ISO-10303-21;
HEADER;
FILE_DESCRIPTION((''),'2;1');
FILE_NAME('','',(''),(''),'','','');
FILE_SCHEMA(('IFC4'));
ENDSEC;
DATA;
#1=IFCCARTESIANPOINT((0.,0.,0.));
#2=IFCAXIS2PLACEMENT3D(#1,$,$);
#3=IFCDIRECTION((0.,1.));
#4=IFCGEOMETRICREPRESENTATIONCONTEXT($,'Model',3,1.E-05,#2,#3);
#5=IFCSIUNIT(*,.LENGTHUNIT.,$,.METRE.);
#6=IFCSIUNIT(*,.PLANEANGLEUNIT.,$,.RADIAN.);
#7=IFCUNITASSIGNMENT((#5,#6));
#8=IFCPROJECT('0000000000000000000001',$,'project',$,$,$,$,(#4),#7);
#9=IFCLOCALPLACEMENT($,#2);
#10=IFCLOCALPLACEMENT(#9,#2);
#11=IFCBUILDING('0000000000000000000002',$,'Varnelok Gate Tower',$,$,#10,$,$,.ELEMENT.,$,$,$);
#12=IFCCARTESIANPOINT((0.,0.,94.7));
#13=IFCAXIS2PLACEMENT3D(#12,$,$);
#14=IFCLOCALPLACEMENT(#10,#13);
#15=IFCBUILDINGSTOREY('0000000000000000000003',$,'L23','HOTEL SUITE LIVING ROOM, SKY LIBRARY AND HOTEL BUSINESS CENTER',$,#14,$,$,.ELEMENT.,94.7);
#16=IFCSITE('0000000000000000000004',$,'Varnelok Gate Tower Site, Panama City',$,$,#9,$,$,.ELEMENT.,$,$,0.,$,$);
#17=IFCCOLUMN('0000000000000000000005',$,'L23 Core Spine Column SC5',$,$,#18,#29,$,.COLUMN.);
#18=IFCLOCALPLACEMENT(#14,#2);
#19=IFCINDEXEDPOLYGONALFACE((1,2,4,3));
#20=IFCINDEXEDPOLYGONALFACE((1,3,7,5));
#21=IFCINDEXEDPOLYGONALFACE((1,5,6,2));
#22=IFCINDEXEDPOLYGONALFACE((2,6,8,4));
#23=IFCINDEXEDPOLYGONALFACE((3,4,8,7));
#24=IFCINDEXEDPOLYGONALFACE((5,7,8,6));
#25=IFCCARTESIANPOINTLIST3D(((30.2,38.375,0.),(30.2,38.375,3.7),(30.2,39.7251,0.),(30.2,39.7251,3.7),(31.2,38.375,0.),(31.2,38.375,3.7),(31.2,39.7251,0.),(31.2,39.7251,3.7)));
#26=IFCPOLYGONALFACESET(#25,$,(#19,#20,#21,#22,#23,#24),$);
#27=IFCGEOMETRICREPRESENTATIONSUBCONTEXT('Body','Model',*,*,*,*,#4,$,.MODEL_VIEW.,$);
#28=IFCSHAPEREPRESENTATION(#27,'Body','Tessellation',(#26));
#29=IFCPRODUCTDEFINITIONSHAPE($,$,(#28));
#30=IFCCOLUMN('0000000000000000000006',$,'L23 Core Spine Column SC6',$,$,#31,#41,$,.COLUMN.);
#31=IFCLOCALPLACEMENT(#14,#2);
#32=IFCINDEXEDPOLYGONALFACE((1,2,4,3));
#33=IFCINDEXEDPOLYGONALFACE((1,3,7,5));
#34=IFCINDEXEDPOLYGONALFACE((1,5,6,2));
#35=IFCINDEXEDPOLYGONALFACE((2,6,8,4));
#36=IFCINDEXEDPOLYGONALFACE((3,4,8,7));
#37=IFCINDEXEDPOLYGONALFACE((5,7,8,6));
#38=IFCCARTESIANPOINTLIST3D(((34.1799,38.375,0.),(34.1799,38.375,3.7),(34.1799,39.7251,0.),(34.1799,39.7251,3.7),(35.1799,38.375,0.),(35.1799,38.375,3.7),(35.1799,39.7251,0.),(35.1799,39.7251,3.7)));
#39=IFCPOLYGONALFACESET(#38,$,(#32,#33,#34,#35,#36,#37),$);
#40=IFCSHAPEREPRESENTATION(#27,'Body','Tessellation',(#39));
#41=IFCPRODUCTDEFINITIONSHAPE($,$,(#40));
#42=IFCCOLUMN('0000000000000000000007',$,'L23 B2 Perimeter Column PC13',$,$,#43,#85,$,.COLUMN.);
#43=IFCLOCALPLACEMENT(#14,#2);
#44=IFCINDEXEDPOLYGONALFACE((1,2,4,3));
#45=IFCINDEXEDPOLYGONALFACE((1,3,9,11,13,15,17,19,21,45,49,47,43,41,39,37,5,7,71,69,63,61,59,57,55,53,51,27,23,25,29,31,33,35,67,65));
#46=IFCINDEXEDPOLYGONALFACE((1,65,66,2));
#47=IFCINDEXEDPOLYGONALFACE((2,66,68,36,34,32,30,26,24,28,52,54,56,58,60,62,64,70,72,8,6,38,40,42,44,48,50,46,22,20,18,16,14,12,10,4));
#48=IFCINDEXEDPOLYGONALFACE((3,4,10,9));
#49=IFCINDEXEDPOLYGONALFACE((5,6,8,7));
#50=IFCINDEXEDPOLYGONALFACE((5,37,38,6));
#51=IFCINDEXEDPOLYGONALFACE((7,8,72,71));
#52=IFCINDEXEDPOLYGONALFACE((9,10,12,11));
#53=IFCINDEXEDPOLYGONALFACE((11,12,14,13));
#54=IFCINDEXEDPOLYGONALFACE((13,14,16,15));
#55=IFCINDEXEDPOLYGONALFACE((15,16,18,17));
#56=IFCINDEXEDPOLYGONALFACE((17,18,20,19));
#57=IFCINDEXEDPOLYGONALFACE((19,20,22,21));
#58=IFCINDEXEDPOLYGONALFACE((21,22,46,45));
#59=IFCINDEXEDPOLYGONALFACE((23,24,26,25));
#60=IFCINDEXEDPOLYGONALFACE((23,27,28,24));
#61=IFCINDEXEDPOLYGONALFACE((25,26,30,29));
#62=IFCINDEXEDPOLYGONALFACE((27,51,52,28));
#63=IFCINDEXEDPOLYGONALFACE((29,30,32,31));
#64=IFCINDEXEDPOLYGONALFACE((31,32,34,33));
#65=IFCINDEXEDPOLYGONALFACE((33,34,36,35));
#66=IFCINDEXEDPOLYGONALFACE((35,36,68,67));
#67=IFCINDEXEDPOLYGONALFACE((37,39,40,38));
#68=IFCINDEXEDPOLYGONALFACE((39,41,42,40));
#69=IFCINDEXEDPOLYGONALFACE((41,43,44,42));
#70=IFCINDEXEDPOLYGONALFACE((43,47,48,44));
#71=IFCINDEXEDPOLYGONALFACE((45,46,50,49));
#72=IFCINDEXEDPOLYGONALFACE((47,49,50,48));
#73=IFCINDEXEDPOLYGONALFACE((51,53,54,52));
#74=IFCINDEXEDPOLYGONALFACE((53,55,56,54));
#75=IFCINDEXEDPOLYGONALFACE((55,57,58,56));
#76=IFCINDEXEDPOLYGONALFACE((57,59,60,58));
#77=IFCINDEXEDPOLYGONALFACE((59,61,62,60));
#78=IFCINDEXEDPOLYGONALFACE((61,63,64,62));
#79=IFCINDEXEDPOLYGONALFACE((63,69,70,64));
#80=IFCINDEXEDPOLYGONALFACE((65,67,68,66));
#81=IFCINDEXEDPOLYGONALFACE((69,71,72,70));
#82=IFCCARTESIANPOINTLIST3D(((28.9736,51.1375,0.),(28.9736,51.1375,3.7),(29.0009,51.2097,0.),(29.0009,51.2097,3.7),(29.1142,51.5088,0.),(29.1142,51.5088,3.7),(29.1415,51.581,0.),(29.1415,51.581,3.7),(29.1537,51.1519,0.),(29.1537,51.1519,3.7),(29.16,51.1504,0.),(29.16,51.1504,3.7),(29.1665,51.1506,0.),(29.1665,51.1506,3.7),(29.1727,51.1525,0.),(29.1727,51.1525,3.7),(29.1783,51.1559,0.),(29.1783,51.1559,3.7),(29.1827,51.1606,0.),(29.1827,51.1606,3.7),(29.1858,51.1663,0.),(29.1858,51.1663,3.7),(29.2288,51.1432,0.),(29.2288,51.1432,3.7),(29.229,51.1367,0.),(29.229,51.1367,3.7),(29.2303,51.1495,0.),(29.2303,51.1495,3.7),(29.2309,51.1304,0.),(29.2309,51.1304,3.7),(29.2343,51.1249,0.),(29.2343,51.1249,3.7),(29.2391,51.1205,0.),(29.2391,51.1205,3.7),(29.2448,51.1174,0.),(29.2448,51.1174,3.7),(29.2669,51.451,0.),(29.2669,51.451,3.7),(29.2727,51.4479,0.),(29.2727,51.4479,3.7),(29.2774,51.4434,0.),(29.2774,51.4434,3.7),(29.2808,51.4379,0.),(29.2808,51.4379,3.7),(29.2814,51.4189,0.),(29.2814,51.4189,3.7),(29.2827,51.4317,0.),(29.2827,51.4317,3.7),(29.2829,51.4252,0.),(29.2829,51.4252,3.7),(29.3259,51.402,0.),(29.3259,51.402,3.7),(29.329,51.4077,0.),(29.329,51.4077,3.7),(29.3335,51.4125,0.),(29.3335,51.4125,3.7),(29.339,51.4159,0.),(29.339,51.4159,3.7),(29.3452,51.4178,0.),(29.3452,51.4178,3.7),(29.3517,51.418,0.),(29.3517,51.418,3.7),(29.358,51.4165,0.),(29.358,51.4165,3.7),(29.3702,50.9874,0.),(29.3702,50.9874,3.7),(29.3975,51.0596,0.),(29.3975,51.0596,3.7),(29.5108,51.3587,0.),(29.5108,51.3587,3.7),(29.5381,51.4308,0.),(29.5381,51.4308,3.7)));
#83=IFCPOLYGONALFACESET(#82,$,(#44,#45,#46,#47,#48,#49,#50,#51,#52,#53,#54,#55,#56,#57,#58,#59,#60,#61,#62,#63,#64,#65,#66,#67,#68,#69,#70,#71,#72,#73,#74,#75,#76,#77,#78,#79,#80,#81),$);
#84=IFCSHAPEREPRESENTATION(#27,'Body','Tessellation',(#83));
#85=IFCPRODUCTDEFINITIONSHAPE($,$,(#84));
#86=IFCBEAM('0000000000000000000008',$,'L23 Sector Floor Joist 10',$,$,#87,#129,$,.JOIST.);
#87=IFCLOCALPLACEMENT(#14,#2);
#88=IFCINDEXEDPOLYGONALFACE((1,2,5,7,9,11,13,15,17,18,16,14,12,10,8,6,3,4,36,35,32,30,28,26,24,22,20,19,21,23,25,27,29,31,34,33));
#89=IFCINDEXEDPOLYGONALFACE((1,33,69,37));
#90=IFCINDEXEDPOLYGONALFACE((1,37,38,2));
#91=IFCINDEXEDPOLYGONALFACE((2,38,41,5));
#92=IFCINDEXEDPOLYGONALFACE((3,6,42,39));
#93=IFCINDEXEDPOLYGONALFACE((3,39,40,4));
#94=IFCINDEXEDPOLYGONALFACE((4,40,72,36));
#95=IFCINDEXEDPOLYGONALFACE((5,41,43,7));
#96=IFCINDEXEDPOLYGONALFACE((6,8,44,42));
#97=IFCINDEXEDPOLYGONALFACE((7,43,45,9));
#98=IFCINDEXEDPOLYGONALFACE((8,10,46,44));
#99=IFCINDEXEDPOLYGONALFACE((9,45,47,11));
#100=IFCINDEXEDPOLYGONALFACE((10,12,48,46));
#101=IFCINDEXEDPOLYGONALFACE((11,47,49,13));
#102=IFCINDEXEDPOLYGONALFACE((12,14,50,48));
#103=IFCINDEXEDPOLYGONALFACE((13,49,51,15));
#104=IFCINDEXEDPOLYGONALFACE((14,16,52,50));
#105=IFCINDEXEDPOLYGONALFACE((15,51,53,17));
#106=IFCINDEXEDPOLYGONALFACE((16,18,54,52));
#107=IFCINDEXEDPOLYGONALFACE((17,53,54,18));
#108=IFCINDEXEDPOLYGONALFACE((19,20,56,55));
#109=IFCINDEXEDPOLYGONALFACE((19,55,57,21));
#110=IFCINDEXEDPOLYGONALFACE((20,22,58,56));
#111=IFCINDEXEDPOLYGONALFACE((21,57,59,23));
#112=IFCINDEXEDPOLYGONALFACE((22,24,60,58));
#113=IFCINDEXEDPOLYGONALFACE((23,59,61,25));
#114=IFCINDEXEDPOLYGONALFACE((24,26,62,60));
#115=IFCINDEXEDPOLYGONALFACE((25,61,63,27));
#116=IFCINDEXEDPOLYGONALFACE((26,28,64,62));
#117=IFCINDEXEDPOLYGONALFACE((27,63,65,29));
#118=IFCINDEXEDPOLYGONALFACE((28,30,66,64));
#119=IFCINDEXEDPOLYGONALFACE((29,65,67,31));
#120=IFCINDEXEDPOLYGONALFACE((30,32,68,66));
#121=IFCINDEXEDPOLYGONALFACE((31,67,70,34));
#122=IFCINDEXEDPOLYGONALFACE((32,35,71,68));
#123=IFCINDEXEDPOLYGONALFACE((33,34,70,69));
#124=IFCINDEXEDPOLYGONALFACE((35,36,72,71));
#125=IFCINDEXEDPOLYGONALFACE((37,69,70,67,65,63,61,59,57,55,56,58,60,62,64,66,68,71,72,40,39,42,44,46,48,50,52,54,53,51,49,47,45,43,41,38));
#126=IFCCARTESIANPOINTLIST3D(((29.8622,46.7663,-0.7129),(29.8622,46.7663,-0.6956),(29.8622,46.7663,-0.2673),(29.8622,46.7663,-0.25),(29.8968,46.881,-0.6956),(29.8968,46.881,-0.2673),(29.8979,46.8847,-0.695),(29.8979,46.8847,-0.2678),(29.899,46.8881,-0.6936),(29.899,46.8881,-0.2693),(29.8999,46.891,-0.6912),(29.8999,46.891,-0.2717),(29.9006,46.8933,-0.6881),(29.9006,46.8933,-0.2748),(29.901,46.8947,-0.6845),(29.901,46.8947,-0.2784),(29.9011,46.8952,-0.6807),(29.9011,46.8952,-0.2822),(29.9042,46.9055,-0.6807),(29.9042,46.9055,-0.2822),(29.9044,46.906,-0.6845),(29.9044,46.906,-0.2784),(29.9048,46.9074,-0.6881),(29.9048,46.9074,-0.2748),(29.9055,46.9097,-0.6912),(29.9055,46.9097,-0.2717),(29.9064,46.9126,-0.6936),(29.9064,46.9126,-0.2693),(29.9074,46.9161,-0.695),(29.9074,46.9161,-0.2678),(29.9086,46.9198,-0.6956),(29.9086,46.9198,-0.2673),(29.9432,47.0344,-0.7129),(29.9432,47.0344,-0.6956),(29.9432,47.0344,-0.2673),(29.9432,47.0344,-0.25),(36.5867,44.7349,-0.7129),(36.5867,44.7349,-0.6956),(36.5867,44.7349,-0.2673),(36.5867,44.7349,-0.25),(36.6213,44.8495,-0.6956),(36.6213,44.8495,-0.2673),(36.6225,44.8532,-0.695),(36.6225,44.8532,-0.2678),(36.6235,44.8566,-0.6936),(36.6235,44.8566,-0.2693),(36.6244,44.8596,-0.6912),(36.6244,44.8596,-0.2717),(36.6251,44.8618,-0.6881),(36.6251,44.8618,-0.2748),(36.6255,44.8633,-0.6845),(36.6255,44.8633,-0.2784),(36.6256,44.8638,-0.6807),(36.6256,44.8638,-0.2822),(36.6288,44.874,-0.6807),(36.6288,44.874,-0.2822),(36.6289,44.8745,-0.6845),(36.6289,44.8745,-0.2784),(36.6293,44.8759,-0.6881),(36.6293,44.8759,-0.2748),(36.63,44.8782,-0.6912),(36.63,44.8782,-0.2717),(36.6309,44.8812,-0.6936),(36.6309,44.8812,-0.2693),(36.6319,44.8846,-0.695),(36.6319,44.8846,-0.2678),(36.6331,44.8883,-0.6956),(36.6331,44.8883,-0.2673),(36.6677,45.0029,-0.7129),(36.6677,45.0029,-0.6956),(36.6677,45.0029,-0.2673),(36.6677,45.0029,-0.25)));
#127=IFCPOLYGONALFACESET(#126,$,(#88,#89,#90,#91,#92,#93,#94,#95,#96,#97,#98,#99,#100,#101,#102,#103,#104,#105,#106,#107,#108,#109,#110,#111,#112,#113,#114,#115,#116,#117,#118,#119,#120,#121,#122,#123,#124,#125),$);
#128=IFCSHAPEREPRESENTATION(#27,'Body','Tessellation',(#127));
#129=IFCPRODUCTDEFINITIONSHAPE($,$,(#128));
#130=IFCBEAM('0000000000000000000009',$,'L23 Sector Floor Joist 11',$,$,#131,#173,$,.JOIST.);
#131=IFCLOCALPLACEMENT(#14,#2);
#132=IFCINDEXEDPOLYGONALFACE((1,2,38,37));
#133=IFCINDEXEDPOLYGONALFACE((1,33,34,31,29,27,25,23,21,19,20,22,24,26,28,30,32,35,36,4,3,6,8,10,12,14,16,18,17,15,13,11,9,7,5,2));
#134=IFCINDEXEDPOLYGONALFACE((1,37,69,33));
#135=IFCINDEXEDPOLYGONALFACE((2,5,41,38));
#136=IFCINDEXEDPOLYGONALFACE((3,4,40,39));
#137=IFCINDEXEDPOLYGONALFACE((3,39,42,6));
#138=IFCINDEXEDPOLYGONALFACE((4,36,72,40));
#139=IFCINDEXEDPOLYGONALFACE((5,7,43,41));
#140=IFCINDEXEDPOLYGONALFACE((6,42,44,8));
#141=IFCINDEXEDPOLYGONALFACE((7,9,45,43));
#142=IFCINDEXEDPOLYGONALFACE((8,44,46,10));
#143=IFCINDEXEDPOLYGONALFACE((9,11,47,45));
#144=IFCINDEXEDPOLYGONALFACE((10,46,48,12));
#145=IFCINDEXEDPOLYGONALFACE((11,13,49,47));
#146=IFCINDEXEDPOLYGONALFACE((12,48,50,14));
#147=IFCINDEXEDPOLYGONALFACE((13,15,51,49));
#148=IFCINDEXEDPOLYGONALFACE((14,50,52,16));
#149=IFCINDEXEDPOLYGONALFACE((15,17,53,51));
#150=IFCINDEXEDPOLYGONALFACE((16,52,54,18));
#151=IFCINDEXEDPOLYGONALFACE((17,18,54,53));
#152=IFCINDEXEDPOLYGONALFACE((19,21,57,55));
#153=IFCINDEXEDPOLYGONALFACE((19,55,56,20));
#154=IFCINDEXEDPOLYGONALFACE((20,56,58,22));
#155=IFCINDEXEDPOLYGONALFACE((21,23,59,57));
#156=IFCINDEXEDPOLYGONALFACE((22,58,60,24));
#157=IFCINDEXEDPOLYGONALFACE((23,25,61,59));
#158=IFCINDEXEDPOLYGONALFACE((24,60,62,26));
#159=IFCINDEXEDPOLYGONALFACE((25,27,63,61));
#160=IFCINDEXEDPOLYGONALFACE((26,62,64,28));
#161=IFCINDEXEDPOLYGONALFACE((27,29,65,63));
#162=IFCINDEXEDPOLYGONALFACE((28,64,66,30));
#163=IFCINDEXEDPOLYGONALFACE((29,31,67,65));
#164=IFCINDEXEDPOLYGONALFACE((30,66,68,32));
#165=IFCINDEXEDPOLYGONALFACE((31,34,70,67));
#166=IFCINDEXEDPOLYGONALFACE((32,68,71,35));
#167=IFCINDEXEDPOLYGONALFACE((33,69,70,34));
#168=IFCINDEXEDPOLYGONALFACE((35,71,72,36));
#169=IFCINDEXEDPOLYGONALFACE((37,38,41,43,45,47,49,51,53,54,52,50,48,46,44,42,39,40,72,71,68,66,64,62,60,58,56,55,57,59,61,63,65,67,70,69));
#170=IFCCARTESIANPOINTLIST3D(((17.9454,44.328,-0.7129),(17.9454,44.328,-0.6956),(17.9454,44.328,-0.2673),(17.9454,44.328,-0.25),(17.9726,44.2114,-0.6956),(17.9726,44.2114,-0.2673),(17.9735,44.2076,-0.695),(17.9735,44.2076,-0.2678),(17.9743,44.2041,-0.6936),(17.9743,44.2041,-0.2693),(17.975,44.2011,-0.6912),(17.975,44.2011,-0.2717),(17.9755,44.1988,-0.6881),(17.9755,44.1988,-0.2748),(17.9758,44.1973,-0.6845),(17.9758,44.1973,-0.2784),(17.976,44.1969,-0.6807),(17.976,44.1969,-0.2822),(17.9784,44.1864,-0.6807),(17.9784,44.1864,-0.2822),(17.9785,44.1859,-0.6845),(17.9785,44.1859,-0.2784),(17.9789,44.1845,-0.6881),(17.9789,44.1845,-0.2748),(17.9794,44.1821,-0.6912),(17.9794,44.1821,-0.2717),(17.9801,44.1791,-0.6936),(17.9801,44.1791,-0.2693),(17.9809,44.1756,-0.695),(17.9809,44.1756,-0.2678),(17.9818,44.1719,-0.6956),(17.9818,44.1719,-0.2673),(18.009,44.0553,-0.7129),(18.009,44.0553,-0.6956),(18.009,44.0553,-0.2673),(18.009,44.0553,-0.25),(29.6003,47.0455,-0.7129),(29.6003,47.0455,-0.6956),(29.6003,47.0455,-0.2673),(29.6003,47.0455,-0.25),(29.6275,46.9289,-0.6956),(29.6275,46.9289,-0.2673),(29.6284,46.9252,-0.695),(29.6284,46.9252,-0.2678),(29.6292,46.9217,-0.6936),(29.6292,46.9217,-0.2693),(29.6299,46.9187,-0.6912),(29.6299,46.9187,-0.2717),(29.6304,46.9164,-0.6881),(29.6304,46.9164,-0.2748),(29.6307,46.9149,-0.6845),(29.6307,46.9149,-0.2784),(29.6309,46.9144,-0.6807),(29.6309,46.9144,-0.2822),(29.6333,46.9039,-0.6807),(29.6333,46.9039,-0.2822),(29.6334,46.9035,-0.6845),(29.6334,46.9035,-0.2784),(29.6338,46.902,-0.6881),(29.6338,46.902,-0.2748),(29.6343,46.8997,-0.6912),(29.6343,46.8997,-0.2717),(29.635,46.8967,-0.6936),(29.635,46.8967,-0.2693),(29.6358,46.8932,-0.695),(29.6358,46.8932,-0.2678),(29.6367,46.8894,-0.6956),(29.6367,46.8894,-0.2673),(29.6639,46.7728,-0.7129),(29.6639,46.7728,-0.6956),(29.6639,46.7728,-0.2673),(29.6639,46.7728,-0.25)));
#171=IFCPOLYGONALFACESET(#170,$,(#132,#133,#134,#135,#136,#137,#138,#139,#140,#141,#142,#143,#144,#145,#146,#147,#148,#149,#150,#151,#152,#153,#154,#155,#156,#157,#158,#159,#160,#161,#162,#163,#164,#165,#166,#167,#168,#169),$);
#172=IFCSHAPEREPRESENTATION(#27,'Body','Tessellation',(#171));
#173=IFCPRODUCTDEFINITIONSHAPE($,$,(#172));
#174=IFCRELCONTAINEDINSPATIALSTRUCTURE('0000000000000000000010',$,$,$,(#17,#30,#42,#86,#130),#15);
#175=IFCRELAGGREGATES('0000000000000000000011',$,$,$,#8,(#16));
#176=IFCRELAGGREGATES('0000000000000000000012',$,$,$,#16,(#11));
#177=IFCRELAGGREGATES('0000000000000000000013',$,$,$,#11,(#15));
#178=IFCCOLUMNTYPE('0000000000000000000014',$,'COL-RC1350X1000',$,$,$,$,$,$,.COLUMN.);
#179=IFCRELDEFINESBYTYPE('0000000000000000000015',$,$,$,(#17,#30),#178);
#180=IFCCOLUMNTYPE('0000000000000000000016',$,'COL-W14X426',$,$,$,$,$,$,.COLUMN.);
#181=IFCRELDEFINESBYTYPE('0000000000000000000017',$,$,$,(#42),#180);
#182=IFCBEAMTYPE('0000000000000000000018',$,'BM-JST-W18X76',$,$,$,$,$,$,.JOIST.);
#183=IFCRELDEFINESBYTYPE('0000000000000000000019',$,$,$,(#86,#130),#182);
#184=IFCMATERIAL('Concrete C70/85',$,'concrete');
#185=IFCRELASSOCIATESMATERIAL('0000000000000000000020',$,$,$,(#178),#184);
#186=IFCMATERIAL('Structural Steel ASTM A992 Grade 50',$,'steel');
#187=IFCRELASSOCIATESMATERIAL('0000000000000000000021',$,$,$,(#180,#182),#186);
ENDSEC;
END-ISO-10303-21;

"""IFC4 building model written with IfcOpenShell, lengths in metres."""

from ifc_helpers import new_model, si_unit, direction, frame, origin, origin_2d, place, context, subcontext, project, spatial, rectangle, i_section, extrude, material, material_profile, profile_set, type_object, element, save


model = new_model("IFC4")

# Units and contexts
model_context = context("Model", 3, precision=1e-05, world=origin(), true_north=direction((0.0, 1.0)))
body_context = subcontext(model_context, "Body", "Model", "MODEL_VIEW")
ifc_project = project(units=[si_unit("LENGTHUNIT", "METRE"), si_unit("PLANEANGLEUNIT", "RADIAN")], contexts=[model_context])

# Site, building, storey
site_placement = place(None, origin())
site = spatial("IfcSite", under=ifc_project, at=site_placement, Name="Varnelok Gate Tower Site, Panama City", CompositionType="ELEMENT", RefElevation=0.0)
building_placement = place(site_placement, origin())
building = spatial("IfcBuilding", under=site, at=building_placement, Name="Varnelok Gate Tower", CompositionType="ELEMENT")
storey_placement = place(building_placement, frame((0.0, 0.0, 94.7)))
storey = spatial("IfcBuildingStorey", under=building, at=storey_placement, Name="L23", Description="HOTEL SUITE LIVING ROOM, SKY LIBRARY AND HOTEL BUSINESS CENTER", CompositionType="ELEMENT", Elevation=94.7)

# Columns
ifc_material_1 = material(Name="Concrete C70/85", Category="concrete")
ifc_material_profile_1 = material_profile(ifc_material_1, rectangle(XDim=1.0, YDim=1.3501, at=origin_2d()), Name="RC1350X1000")
ifc_profile_set_1 = profile_set([ifc_material_profile_1], Name="Concrete C70/85")
column_type_1 = type_object("IfcColumnType", Name="COL-RC1350X1000", PredefinedType="COLUMN", material=ifc_profile_set_1)
for number, where, z_axis, x_axis, name in (
    (1, (30.7, 39.05, 0.0), (0.0, 0.0, 1.0), (1.0, 0.0, 0.0), "L23 Core Spine Column SC5"),
    (2, (34.6799, 39.05, 0.0), (0.0, 0.0, 1.0), (1.0, 0.0, 0.0), "L23 Core Spine Column SC6"),
):
    element("IfcColumn", number, at=place(storey_placement, frame(where, z_axis=z_axis, x_axis=x_axis)), inside=storey, type_object=column_type_1, Name=name, PredefinedType="COLUMN", context=body_context, shape_type="SweptSolid", body=[
        extrude(rectangle(XDim=1.0, YDim=1.3501, at=origin_2d()), origin(), (0.0, 0.0, 1.0), 3.7),
    ])
ifc_material_2 = material(Name="Structural Steel ASTM A992 Grade 50", Category="steel")
ifc_material_profile_2 = material_profile(ifc_material_2, i_section(OverallWidth=0.4241, OverallDepth=0.4741, WebThickness=0.0476, FlangeThickness=0.0771, FilletRadius=0.0249, at=origin_2d()), Name="W14X426")
ifc_profile_set_2 = profile_set([ifc_material_profile_2], Name="Structural Steel ASTM A992 Grade 50")
column_type_2 = type_object("IfcColumnType", Name="COL-W14X426", PredefinedType="COLUMN", material=ifc_profile_set_2)
column_placement = place(storey_placement, frame((29.2559, 51.2842, 0.0), z_axis=(0.0, 0.0, 1.0), x_axis=(0.935222, -0.354063, 0.0)))
element("IfcColumn", 3, at=column_placement, inside=storey, type_object=column_type_2, Name="L23 B2 Perimeter Column PC13", PredefinedType="COLUMN", context=body_context, shape_type="SweptSolid", body=[
    extrude(i_section(OverallWidth=0.4241, OverallDepth=0.4741, WebThickness=0.0476, FlangeThickness=0.0771, FilletRadius=0.0249, at=origin_2d()), origin(), (0.0, 0.0, 1.0), 3.7),
])

# Beams
ifc_material_profile_3 = material_profile(ifc_material_2, i_section(OverallWidth=0.28, OverallDepth=0.4629, WebThickness=0.0107, FlangeThickness=0.0173, FilletRadius=0.0149, at=origin_2d()), Name="W18X76")
ifc_profile_set_3 = profile_set([ifc_material_profile_3], Name="Structural Steel ASTM A992 Grade 50")
beam_type_1 = type_object("IfcBeamType", Name="BM-JST-W18X76", PredefinedType="JOIST", material=ifc_profile_set_3)
beam_1_placement = place(storey_placement, frame((36.6272, 44.8689, -0.4814), z_axis=(-0.957272, 0.28919, 0.0), x_axis=(-0.28919, -0.957272, 0.0)))
element("IfcBeam", 4, at=beam_1_placement, inside=storey, type_object=beam_type_1, Name="L23 Sector Floor Joist 10", PredefinedType="JOIST", context=body_context, shape_type="SweptSolid", body=[
    extrude(i_section(OverallWidth=0.28, OverallDepth=0.4629, WebThickness=0.0107, FlangeThickness=0.0173, FilletRadius=0.0149, at=origin_2d()), origin(), (0.0, 0.0, 1.0), 7.0247),
])
beam_2_placement = place(storey_placement, frame((29.6321, 46.9092, -0.4814), z_axis=(-0.973877, -0.227077, 0.0), x_axis=(0.227077, -0.973877, 0.0)))
element("IfcBeam", 5, at=beam_2_placement, inside=storey, type_object=beam_type_1, Name="L23 Sector Floor Joist 11", PredefinedType="JOIST", context=body_context, shape_type="SweptSolid", body=[
    extrude(i_section(OverallWidth=0.28, OverallDepth=0.4629, WebThickness=0.0107, FlangeThickness=0.0173, FilletRadius=0.0149, at=origin_2d()), origin(), (0.0, 0.0, 1.0), 11.9675),
])

save(model, "model.ifc")
